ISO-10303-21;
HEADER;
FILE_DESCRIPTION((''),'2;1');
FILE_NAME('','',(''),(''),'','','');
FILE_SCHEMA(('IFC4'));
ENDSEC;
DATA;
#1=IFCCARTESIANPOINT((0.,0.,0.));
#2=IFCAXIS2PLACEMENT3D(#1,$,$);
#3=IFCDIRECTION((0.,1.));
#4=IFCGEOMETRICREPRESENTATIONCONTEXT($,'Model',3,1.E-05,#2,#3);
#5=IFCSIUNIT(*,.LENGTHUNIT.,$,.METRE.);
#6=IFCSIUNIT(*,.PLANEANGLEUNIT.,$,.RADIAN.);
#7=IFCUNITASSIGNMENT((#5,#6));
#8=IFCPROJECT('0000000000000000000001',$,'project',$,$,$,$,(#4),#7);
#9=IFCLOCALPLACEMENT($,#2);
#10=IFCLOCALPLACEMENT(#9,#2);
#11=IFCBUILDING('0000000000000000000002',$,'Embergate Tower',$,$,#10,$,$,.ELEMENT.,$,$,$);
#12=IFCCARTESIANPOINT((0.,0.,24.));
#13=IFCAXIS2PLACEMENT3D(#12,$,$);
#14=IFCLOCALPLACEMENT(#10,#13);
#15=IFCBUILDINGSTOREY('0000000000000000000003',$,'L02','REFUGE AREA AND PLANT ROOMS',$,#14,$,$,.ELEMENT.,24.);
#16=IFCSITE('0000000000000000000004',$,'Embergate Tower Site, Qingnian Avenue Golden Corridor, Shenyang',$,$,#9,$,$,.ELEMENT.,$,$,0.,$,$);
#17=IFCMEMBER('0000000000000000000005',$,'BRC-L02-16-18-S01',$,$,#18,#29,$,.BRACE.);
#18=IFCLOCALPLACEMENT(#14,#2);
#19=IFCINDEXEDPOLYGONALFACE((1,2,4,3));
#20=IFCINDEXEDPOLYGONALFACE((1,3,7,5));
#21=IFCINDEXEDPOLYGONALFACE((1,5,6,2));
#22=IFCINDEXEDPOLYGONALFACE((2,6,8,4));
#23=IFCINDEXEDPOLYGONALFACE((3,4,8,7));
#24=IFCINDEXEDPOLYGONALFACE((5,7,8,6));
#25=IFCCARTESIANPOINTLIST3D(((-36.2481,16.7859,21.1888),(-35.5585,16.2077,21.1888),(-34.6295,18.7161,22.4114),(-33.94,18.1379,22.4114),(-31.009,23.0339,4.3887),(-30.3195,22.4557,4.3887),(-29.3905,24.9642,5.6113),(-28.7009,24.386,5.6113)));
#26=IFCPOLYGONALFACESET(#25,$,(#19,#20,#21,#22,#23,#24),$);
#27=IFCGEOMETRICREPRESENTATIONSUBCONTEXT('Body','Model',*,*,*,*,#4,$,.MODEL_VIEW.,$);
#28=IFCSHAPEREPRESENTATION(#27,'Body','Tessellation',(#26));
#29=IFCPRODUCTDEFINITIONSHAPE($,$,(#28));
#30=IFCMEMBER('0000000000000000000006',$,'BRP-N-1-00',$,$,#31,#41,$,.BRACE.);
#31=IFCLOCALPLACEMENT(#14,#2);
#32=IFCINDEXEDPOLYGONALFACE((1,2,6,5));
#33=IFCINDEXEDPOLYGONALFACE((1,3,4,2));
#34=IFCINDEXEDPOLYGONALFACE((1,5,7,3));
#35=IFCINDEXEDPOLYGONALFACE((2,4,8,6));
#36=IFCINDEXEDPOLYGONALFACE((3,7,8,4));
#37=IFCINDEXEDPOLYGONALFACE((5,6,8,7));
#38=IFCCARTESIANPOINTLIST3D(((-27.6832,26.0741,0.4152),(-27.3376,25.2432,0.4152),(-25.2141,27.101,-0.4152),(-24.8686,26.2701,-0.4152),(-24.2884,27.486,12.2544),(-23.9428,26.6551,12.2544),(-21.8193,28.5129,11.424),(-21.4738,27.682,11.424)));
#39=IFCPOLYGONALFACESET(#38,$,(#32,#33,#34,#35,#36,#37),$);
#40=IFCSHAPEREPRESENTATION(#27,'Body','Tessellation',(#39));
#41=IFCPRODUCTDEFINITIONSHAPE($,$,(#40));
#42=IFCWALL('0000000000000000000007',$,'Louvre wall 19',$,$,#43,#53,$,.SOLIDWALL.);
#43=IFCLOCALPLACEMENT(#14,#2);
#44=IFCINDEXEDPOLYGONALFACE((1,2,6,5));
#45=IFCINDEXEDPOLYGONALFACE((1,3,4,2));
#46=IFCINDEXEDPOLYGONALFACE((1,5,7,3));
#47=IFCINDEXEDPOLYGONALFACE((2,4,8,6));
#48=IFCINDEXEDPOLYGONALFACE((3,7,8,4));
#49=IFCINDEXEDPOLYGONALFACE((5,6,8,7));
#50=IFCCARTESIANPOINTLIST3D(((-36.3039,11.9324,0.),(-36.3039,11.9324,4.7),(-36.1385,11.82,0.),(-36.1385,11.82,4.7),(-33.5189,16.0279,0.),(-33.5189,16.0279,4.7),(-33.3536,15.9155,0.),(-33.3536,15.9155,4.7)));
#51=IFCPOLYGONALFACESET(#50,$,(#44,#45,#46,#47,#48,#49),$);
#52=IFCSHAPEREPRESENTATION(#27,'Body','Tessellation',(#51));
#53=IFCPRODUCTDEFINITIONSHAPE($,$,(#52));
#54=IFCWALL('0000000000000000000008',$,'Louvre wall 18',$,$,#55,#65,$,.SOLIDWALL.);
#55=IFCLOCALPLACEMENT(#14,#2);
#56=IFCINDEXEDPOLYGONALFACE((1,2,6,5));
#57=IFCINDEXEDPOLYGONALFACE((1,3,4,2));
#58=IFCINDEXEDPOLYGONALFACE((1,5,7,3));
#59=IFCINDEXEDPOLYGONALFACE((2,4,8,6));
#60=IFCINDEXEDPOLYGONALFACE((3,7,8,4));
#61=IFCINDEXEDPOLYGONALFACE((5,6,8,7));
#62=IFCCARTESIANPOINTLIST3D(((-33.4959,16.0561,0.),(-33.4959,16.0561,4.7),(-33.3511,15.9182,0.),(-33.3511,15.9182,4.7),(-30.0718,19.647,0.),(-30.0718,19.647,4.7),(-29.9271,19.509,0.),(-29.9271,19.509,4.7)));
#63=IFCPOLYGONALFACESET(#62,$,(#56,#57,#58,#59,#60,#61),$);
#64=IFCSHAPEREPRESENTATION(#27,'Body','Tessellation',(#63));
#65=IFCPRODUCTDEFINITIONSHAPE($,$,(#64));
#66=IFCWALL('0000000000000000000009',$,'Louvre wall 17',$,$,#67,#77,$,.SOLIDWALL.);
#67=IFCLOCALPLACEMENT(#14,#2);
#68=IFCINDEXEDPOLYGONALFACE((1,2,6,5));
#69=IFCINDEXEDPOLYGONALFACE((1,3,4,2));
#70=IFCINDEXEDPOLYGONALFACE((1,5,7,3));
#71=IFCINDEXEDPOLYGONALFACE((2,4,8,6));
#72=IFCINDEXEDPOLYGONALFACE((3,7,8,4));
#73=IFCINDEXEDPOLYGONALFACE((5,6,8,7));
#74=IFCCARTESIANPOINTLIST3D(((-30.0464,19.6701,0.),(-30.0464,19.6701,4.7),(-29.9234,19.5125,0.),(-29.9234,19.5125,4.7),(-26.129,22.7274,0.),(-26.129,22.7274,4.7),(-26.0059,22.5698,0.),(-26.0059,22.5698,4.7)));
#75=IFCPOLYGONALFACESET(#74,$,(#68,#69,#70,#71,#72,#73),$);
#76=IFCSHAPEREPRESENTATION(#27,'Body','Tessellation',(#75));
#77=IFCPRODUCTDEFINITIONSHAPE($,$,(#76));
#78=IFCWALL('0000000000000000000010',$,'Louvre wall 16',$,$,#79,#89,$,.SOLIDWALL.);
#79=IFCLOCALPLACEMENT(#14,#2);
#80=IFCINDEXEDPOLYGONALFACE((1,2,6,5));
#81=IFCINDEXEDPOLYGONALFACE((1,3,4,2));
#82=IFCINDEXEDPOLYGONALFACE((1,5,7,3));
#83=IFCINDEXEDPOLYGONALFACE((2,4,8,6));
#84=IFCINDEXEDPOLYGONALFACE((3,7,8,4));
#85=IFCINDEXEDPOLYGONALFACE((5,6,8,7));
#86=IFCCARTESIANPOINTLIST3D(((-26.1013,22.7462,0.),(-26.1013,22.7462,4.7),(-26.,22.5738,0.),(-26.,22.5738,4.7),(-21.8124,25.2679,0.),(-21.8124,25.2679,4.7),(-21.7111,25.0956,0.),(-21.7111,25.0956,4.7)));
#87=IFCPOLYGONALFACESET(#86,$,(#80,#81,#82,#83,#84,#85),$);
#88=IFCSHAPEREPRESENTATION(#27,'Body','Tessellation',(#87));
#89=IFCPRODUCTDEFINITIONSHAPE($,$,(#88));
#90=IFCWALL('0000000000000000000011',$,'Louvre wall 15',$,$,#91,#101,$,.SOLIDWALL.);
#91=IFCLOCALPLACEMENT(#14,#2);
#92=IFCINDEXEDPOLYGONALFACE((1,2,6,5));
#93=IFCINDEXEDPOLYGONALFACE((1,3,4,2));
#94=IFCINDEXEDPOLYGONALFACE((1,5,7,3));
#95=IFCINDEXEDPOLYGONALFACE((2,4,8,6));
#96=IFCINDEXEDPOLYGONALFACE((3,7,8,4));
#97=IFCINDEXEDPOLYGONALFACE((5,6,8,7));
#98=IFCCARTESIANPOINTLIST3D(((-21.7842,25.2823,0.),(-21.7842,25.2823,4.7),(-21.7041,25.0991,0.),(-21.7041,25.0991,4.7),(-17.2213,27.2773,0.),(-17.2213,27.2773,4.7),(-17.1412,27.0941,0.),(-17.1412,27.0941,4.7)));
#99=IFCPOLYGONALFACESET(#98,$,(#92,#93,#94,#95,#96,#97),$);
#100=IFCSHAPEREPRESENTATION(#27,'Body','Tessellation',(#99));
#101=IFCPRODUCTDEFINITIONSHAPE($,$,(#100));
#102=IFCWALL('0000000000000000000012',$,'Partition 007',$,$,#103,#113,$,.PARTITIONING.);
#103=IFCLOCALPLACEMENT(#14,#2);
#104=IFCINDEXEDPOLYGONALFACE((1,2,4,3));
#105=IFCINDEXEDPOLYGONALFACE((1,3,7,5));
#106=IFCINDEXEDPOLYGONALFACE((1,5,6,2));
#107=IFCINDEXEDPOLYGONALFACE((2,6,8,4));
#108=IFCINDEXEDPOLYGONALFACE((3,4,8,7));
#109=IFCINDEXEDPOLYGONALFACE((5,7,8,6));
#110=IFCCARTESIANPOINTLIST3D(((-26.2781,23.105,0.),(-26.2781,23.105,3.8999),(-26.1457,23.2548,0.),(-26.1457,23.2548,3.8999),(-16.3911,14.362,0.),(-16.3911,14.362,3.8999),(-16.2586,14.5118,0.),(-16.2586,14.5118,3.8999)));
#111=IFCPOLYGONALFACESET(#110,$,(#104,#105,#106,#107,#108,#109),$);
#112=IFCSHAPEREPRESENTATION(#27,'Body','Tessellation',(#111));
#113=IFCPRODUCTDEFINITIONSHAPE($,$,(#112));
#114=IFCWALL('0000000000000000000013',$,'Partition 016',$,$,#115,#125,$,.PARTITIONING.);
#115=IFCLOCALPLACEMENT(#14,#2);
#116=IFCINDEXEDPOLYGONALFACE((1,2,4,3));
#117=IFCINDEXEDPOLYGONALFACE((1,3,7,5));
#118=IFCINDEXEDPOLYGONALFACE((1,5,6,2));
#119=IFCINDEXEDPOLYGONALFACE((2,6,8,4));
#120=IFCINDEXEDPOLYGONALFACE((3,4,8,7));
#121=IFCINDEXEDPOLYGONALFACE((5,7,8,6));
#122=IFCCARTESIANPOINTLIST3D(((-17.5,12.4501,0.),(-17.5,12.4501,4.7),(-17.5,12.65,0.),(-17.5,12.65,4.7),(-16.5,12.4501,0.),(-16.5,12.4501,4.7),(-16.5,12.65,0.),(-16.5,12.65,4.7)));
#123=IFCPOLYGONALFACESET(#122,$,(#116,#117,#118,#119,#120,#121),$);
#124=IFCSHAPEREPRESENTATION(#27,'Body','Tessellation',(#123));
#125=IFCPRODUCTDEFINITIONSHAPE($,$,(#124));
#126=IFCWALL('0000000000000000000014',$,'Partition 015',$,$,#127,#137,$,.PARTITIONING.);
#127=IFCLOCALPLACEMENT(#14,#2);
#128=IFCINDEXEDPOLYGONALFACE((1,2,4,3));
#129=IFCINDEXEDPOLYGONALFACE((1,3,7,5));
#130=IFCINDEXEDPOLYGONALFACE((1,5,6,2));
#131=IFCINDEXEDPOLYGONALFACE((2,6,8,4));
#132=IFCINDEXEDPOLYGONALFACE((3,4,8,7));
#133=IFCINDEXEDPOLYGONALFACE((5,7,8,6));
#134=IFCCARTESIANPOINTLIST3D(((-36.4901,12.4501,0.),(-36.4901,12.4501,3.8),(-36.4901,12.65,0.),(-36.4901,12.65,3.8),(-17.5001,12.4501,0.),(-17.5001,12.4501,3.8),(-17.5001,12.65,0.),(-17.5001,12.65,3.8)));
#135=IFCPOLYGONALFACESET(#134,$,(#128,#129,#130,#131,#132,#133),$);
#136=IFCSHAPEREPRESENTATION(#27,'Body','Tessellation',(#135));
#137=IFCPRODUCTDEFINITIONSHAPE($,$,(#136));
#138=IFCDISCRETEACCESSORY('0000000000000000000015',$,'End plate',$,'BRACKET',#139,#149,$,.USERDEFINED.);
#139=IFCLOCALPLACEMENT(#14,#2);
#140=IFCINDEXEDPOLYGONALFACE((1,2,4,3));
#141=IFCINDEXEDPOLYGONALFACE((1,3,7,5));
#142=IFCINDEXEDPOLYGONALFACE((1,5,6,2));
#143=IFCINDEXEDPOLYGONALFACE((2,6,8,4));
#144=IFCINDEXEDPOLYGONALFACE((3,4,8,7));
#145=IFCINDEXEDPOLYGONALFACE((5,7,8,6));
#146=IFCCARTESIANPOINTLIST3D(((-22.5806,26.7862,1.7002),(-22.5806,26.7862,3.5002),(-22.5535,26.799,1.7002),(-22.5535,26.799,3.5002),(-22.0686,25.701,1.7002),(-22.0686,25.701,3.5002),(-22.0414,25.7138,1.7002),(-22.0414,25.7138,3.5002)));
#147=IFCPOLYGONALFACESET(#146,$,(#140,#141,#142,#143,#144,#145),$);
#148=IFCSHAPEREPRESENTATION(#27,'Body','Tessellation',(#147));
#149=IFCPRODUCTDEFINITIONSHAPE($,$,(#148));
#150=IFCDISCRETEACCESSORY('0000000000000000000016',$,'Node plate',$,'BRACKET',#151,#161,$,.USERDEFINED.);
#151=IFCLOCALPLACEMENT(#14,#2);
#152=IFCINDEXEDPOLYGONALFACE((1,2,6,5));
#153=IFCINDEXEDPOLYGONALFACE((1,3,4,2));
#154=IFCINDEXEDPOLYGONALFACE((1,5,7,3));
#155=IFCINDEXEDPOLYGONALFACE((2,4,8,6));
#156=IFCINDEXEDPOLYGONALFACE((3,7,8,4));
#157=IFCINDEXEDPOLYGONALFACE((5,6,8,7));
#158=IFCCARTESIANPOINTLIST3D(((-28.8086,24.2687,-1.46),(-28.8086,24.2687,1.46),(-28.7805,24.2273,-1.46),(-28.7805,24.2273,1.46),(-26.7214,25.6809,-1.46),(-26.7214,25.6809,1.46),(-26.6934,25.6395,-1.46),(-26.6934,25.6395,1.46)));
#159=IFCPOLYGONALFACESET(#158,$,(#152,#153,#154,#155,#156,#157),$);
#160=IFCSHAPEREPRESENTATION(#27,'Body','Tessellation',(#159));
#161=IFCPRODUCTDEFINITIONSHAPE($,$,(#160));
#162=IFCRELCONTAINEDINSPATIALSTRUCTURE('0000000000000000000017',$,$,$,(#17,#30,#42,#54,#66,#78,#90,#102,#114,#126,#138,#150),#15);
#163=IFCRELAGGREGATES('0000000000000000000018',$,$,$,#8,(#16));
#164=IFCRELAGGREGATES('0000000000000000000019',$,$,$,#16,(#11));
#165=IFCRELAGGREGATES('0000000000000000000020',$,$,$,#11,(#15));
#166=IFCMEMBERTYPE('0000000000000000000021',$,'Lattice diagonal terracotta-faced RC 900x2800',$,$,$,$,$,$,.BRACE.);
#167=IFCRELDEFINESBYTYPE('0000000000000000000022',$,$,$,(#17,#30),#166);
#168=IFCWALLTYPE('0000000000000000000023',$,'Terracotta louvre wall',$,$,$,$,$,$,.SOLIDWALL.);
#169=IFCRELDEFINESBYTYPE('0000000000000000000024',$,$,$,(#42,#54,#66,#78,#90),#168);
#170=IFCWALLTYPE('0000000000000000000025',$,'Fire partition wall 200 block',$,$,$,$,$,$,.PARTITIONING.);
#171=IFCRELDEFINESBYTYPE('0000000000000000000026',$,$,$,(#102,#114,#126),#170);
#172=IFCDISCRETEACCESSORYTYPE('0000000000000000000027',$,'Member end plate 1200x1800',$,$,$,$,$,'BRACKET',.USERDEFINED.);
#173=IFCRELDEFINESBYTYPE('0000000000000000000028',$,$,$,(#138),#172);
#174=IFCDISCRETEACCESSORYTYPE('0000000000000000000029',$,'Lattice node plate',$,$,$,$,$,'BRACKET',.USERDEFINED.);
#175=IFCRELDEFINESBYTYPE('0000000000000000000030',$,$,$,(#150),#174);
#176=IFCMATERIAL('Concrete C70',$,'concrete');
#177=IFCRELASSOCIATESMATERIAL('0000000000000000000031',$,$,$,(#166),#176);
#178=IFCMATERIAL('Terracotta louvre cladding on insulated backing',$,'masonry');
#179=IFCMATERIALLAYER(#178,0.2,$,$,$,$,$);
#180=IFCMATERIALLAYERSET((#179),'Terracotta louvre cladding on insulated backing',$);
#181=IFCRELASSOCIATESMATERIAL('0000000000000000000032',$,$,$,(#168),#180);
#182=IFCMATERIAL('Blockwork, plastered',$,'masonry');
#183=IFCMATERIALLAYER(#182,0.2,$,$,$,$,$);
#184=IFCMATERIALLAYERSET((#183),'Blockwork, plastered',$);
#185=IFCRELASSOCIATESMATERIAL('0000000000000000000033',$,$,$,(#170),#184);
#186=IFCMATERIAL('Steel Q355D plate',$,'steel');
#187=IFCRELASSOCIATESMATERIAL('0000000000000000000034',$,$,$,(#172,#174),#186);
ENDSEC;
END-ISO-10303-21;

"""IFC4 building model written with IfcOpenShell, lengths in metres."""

from ifc_helpers import new_model, si_unit, direction, frame, frame_2d, origin, origin_2d, place, context, subcontext, project, spatial, rectangle, extrude, source, transform, mapped, material, layer, layer_set, material_profile, profile_set, type_object, element, save


model = new_model("IFC4")

# Units and contexts
model_context = context("Model", 3, precision=1e-05, world=origin(), true_north=direction((0.0, 1.0)))
body_context = subcontext(model_context, "Body", "Model", "MODEL_VIEW")
ifc_project = project(units=[si_unit("LENGTHUNIT", "METRE"), si_unit("PLANEANGLEUNIT", "RADIAN")], contexts=[model_context])

# Site, building, storey
site_placement = place(None, origin())
site = spatial("IfcSite", under=ifc_project, at=site_placement, Name="Embergate Tower Site, Qingnian Avenue Golden Corridor, Shenyang", CompositionType="ELEMENT", RefElevation=0.0)
building_placement = place(site_placement, origin())
building = spatial("IfcBuilding", under=site, at=building_placement, Name="Embergate Tower", CompositionType="ELEMENT")
storey_placement = place(building_placement, frame((0.0, 0.0, 24.0)))
storey = spatial("IfcBuildingStorey", under=building, at=storey_placement, Name="L02", Description="REFUGE AREA AND PLANT ROOMS", CompositionType="ELEMENT", Elevation=24.0)

# Shared definitions
ifc_material_1 = material(Name="Concrete C70", Category="concrete")

# Members
ifc_material_profile_1 = material_profile(ifc_material_1, rectangle(XDim=0.8999, YDim=2.8, at=origin_2d()), Name="RC 900x2800")
ifc_profile_set_1 = profile_set([ifc_material_profile_1], Name="Concrete C70")
member_type_1 = type_object("IfcMemberType", Name="Lattice diagonal terracotta-faced RC 900x2800", PredefinedType="BRACE", material=ifc_profile_set_1)
shared_shape_1 = source(origin(), body_context, "Body", "SweptSolid", [
    extrude(rectangle(XDim=0.8999, YDim=2.8, at=origin_2d()), origin(), (0.0, 0.0, 1.0), 18.6743),
])
member_1_placement = place(storey_placement, frame((-29.855, 23.71, 5.0), z_axis=(-0.280548, -0.334581, 0.899638), x_axis=(0.766269, -0.64252, 0.0)))
element("IfcMember", 1, at=member_1_placement, inside=storey, type_object=member_type_1, Name="BRC-L02-16-18-S01", PredefinedType="BRACE", context=body_context, shape_type="MappedRepresentation", body=[
    mapped(shared_shape_1, transform((0.0, 0.0, 0.0))),
])
shared_shape_2 = source(origin(), body_context, "Body", "SweptSolid", [
    extrude(rectangle(XDim=0.8999, YDim=2.8, at=origin_2d()), origin(), (0.0, 0.0, 1.0), 12.397),
])
member_2_placement = place(storey_placement, frame((-26.2759, 26.1721, 0.0), z_axis=(0.273841, 0.113889, 0.955008), x_axis=(-0.384007, 0.92333, 0.0)))
element("IfcMember", 2, at=member_2_placement, inside=storey, type_object=member_type_1, Name="BRP-N-1-00", PredefinedType="BRACE", context=body_context, shape_type="MappedRepresentation", body=[
    mapped(shared_shape_2, transform((0.0, 0.0, 0.0))),
])

# Walls
ifc_material_2 = material(Name="Terracotta louvre cladding on insulated backing", Category="masonry")
ifc_layer_1 = layer(ifc_material_2, 0.2)
ifc_layer_set_1 = layer_set([ifc_layer_1], Name="Terracotta louvre cladding on insulated backing")
wall_type_1 = type_object("IfcWallType", Name="Terracotta louvre wall", PredefinedType="SOLIDWALL", material=ifc_layer_set_1)
shared_shape_3 = source(origin(), body_context, "Body", "SweptSolid", [
    extrude(rectangle(XDim=4.9526, YDim=0.2, at=frame_2d((2.4763, 0.0))), origin(), (0.0, 0.0, 1.0), 4.7),
])
wall_1_placement = place(storey_placement, frame((-36.2212, 11.8762, 0.0), z_axis=(0.0, 0.0, 1.0), x_axis=(0.56231, 0.826927, 0.0)))
element("IfcWall", 3, at=wall_1_placement, inside=storey, type_object=wall_type_1, Name="Louvre wall 19", PredefinedType="SOLIDWALL", context=body_context, shape_type="MappedRepresentation", body=[
    mapped(shared_shape_3, transform((0.0, 0.0, 0.0))),
])
shared_shape_4 = source(origin(), body_context, "Body", "SweptSolid", [
    extrude(rectangle(XDim=4.9617, YDim=0.2, at=frame_2d((2.481, 0.0))), origin(), (0.0, 0.0, 1.0), 4.7),
])
wall_2_placement = place(storey_placement, frame((-33.4236, 15.9871, 0.0), z_axis=(0.0, 0.0, 1.0), x_axis=(0.690104, 0.723711, 0.0)))
element("IfcWall", 4, at=wall_2_placement, inside=storey, type_object=wall_type_1, Name="Louvre wall 18", PredefinedType="SOLIDWALL", context=body_context, shape_type="MappedRepresentation", body=[
    mapped(shared_shape_4, transform((0.0, 0.0, 0.0))),
])
shared_shape_5 = source(origin(), body_context, "Body", "SweptSolid", [
    extrude(rectangle(XDim=4.9692, YDim=0.2, at=frame_2d((2.4846, 0.0))), origin(), (0.0, 0.0, 1.0), 4.7),
])
wall_3_placement = place(storey_placement, frame((-29.9849, 19.5913, 0.0), z_axis=(0.0, 0.0, 1.0), x_axis=(0.788333, 0.615249, 0.0)))
element("IfcWall", 5, at=wall_3_placement, inside=storey, type_object=wall_type_1, Name="Louvre wall 17", PredefinedType="SOLIDWALL", context=body_context, shape_type="MappedRepresentation", body=[
    mapped(shared_shape_5, transform((0.0, 0.0, 0.0))),
])
shared_shape_6 = source(origin(), body_context, "Body", "SweptSolid", [
    extrude(rectangle(XDim=4.9753, YDim=0.2, at=frame_2d((2.4878, 0.0))), origin(), (0.0, 0.0, 1.0), 4.7),
])
wall_4_placement = place(storey_placement, frame((-26.0508, 22.6599, 0.0), z_axis=(0.0, 0.0, 1.0), x_axis=(0.862031, 0.506855, 0.0)))
element("IfcWall", 6, at=wall_4_placement, inside=storey, type_object=wall_type_1, Name="Louvre wall 16", PredefinedType="SOLIDWALL", context=body_context, shape_type="MappedRepresentation", body=[
    mapped(shared_shape_6, transform((0.0, 0.0, 0.0))),
])
shared_shape_7 = source(origin(), body_context, "Body", "SweptSolid", [
    extrude(rectangle(XDim=4.98, YDim=0.2, at=frame_2d((2.49, 0.0))), origin(), (0.0, 0.0, 1.0), 4.7),
])
wall_5_placement = place(storey_placement, frame((-21.7441, 25.1907, 0.0), z_axis=(0.0, 0.0, 1.0), x_axis=(0.916245, 0.400618, 0.0)))
element("IfcWall", 7, at=wall_5_placement, inside=storey, type_object=wall_type_1, Name="Louvre wall 15", PredefinedType="SOLIDWALL", context=body_context, shape_type="MappedRepresentation", body=[
    mapped(shared_shape_7, transform((0.0, 0.0, 0.0))),
])
ifc_material_3 = material(Name="Blockwork, plastered", Category="masonry")
ifc_layer_2 = layer(ifc_material_3, 0.2)
ifc_layer_set_2 = layer_set([ifc_layer_2], Name="Blockwork, plastered")
wall_type_2 = type_object("IfcWallType", Name="Fire partition wall 200 block", PredefinedType="PARTITIONING", material=ifc_layer_set_2)
shared_shape_8 = source(origin(), body_context, "Body", "SweptSolid", [
    extrude(rectangle(XDim=13.1982, YDim=0.2, at=frame_2d((6.5991, 0.0))), origin(), (0.0, 0.0, 1.0), 3.8999),
])
wall_6_placement = place(storey_placement, frame((-26.2119, 23.1799, 0.0), z_axis=(0.0, 0.0, 1.0), x_axis=(0.749118, -0.662436, 0.0)))
element("IfcWall", 8, at=wall_6_placement, inside=storey, type_object=wall_type_2, Name="Partition 007", PredefinedType="PARTITIONING", context=body_context, shape_type="MappedRepresentation", body=[
    mapped(shared_shape_8, transform((0.0, 0.0, 0.0))),
])
shared_shape_9 = source(origin(), body_context, "Body", "SweptSolid", [
    extrude(rectangle(XDim=1.0, YDim=0.2, at=frame_2d((0.5, 0.0))), origin(), (0.0, 0.0, 1.0), 4.7),
])
wall_7_placement = place(storey_placement, frame((-17.5, 12.55, 0.0), z_axis=(0.0, 0.0, 1.0), x_axis=(1.0, 0.0, 0.0)))
element("IfcWall", 9, at=wall_7_placement, inside=storey, type_object=wall_type_2, Name="Partition 016", PredefinedType="PARTITIONING", context=body_context, shape_type="MappedRepresentation", body=[
    mapped(shared_shape_9, transform((0.0, 0.0, 0.0))),
])
shared_shape_10 = source(origin(), body_context, "Body", "SweptSolid", [
    extrude(rectangle(XDim=18.99, YDim=0.2, at=frame_2d((9.4951, 0.0))), origin(), (0.0, 0.0, 1.0), 3.8),
])
wall_8_placement = place(storey_placement, frame((-17.5, 12.55, 0.0), z_axis=(0.0, 0.0, 1.0), x_axis=(-1.0, 0.0, 0.0)))
element("IfcWall", 10, at=wall_8_placement, inside=storey, type_object=wall_type_2, Name="Partition 015", PredefinedType="PARTITIONING", context=body_context, shape_type="MappedRepresentation", body=[
    mapped(shared_shape_10, transform((0.0, 0.0, 0.0))),
])

# Discrete accessories
ifc_material_4 = material(Name="Steel Q355D plate", Category="steel")
discrete_accessory_type_1 = type_object("IfcDiscreteAccessoryType", Name="Member end plate 1200x1800", ElementType="BRACKET", PredefinedType="USERDEFINED", material=ifc_material_4)
shared_shape_11 = source(origin(), body_context, "Body", "SweptSolid", [
    extrude(rectangle(XDim=0.03, YDim=1.2, at=origin_2d()), origin(), (0.0, 0.0, 1.0), 1.8),
])
discrete_accessory_1_placement = place(storey_placement, frame((-22.311, 26.25, 1.7002), z_axis=(0.0, 0.0, 1.0), x_axis=(-0.904373, -0.426742, 0.0)))
element("IfcDiscreteAccessory", 11, at=discrete_accessory_1_placement, inside=storey, type_object=discrete_accessory_type_1, Name="End plate", ObjectType="BRACKET", PredefinedType="USERDEFINED", context=body_context, shape_type="MappedRepresentation", body=[
    mapped(shared_shape_11, transform((0.0, 0.0, 0.0))),
])
discrete_accessory_type_2 = type_object("IfcDiscreteAccessoryType", Name="Lattice node plate", ElementType="BRACKET", PredefinedType="USERDEFINED", material=ifc_material_4)
shared_shape_12 = source(origin(), body_context, "Body", "SweptSolid", [
    extrude(rectangle(XDim=2.52, YDim=0.05, at=origin_2d()), origin(), (0.0, 0.0, 1.0), 2.9199),
])
discrete_accessory_2_placement = place(storey_placement, frame((-27.751, 24.9541, -1.46), z_axis=(0.0, 0.0, 1.0), x_axis=(-0.828227, -0.560393, 0.0)))
element("IfcDiscreteAccessory", 12, at=discrete_accessory_2_placement, inside=storey, type_object=discrete_accessory_type_2, Name="Node plate", ObjectType="BRACKET", PredefinedType="USERDEFINED", context=body_context, shape_type="MappedRepresentation", body=[
    mapped(shared_shape_12, transform((0.0, 0.0, 0.0))),
])

save(model, "model.ifc")
